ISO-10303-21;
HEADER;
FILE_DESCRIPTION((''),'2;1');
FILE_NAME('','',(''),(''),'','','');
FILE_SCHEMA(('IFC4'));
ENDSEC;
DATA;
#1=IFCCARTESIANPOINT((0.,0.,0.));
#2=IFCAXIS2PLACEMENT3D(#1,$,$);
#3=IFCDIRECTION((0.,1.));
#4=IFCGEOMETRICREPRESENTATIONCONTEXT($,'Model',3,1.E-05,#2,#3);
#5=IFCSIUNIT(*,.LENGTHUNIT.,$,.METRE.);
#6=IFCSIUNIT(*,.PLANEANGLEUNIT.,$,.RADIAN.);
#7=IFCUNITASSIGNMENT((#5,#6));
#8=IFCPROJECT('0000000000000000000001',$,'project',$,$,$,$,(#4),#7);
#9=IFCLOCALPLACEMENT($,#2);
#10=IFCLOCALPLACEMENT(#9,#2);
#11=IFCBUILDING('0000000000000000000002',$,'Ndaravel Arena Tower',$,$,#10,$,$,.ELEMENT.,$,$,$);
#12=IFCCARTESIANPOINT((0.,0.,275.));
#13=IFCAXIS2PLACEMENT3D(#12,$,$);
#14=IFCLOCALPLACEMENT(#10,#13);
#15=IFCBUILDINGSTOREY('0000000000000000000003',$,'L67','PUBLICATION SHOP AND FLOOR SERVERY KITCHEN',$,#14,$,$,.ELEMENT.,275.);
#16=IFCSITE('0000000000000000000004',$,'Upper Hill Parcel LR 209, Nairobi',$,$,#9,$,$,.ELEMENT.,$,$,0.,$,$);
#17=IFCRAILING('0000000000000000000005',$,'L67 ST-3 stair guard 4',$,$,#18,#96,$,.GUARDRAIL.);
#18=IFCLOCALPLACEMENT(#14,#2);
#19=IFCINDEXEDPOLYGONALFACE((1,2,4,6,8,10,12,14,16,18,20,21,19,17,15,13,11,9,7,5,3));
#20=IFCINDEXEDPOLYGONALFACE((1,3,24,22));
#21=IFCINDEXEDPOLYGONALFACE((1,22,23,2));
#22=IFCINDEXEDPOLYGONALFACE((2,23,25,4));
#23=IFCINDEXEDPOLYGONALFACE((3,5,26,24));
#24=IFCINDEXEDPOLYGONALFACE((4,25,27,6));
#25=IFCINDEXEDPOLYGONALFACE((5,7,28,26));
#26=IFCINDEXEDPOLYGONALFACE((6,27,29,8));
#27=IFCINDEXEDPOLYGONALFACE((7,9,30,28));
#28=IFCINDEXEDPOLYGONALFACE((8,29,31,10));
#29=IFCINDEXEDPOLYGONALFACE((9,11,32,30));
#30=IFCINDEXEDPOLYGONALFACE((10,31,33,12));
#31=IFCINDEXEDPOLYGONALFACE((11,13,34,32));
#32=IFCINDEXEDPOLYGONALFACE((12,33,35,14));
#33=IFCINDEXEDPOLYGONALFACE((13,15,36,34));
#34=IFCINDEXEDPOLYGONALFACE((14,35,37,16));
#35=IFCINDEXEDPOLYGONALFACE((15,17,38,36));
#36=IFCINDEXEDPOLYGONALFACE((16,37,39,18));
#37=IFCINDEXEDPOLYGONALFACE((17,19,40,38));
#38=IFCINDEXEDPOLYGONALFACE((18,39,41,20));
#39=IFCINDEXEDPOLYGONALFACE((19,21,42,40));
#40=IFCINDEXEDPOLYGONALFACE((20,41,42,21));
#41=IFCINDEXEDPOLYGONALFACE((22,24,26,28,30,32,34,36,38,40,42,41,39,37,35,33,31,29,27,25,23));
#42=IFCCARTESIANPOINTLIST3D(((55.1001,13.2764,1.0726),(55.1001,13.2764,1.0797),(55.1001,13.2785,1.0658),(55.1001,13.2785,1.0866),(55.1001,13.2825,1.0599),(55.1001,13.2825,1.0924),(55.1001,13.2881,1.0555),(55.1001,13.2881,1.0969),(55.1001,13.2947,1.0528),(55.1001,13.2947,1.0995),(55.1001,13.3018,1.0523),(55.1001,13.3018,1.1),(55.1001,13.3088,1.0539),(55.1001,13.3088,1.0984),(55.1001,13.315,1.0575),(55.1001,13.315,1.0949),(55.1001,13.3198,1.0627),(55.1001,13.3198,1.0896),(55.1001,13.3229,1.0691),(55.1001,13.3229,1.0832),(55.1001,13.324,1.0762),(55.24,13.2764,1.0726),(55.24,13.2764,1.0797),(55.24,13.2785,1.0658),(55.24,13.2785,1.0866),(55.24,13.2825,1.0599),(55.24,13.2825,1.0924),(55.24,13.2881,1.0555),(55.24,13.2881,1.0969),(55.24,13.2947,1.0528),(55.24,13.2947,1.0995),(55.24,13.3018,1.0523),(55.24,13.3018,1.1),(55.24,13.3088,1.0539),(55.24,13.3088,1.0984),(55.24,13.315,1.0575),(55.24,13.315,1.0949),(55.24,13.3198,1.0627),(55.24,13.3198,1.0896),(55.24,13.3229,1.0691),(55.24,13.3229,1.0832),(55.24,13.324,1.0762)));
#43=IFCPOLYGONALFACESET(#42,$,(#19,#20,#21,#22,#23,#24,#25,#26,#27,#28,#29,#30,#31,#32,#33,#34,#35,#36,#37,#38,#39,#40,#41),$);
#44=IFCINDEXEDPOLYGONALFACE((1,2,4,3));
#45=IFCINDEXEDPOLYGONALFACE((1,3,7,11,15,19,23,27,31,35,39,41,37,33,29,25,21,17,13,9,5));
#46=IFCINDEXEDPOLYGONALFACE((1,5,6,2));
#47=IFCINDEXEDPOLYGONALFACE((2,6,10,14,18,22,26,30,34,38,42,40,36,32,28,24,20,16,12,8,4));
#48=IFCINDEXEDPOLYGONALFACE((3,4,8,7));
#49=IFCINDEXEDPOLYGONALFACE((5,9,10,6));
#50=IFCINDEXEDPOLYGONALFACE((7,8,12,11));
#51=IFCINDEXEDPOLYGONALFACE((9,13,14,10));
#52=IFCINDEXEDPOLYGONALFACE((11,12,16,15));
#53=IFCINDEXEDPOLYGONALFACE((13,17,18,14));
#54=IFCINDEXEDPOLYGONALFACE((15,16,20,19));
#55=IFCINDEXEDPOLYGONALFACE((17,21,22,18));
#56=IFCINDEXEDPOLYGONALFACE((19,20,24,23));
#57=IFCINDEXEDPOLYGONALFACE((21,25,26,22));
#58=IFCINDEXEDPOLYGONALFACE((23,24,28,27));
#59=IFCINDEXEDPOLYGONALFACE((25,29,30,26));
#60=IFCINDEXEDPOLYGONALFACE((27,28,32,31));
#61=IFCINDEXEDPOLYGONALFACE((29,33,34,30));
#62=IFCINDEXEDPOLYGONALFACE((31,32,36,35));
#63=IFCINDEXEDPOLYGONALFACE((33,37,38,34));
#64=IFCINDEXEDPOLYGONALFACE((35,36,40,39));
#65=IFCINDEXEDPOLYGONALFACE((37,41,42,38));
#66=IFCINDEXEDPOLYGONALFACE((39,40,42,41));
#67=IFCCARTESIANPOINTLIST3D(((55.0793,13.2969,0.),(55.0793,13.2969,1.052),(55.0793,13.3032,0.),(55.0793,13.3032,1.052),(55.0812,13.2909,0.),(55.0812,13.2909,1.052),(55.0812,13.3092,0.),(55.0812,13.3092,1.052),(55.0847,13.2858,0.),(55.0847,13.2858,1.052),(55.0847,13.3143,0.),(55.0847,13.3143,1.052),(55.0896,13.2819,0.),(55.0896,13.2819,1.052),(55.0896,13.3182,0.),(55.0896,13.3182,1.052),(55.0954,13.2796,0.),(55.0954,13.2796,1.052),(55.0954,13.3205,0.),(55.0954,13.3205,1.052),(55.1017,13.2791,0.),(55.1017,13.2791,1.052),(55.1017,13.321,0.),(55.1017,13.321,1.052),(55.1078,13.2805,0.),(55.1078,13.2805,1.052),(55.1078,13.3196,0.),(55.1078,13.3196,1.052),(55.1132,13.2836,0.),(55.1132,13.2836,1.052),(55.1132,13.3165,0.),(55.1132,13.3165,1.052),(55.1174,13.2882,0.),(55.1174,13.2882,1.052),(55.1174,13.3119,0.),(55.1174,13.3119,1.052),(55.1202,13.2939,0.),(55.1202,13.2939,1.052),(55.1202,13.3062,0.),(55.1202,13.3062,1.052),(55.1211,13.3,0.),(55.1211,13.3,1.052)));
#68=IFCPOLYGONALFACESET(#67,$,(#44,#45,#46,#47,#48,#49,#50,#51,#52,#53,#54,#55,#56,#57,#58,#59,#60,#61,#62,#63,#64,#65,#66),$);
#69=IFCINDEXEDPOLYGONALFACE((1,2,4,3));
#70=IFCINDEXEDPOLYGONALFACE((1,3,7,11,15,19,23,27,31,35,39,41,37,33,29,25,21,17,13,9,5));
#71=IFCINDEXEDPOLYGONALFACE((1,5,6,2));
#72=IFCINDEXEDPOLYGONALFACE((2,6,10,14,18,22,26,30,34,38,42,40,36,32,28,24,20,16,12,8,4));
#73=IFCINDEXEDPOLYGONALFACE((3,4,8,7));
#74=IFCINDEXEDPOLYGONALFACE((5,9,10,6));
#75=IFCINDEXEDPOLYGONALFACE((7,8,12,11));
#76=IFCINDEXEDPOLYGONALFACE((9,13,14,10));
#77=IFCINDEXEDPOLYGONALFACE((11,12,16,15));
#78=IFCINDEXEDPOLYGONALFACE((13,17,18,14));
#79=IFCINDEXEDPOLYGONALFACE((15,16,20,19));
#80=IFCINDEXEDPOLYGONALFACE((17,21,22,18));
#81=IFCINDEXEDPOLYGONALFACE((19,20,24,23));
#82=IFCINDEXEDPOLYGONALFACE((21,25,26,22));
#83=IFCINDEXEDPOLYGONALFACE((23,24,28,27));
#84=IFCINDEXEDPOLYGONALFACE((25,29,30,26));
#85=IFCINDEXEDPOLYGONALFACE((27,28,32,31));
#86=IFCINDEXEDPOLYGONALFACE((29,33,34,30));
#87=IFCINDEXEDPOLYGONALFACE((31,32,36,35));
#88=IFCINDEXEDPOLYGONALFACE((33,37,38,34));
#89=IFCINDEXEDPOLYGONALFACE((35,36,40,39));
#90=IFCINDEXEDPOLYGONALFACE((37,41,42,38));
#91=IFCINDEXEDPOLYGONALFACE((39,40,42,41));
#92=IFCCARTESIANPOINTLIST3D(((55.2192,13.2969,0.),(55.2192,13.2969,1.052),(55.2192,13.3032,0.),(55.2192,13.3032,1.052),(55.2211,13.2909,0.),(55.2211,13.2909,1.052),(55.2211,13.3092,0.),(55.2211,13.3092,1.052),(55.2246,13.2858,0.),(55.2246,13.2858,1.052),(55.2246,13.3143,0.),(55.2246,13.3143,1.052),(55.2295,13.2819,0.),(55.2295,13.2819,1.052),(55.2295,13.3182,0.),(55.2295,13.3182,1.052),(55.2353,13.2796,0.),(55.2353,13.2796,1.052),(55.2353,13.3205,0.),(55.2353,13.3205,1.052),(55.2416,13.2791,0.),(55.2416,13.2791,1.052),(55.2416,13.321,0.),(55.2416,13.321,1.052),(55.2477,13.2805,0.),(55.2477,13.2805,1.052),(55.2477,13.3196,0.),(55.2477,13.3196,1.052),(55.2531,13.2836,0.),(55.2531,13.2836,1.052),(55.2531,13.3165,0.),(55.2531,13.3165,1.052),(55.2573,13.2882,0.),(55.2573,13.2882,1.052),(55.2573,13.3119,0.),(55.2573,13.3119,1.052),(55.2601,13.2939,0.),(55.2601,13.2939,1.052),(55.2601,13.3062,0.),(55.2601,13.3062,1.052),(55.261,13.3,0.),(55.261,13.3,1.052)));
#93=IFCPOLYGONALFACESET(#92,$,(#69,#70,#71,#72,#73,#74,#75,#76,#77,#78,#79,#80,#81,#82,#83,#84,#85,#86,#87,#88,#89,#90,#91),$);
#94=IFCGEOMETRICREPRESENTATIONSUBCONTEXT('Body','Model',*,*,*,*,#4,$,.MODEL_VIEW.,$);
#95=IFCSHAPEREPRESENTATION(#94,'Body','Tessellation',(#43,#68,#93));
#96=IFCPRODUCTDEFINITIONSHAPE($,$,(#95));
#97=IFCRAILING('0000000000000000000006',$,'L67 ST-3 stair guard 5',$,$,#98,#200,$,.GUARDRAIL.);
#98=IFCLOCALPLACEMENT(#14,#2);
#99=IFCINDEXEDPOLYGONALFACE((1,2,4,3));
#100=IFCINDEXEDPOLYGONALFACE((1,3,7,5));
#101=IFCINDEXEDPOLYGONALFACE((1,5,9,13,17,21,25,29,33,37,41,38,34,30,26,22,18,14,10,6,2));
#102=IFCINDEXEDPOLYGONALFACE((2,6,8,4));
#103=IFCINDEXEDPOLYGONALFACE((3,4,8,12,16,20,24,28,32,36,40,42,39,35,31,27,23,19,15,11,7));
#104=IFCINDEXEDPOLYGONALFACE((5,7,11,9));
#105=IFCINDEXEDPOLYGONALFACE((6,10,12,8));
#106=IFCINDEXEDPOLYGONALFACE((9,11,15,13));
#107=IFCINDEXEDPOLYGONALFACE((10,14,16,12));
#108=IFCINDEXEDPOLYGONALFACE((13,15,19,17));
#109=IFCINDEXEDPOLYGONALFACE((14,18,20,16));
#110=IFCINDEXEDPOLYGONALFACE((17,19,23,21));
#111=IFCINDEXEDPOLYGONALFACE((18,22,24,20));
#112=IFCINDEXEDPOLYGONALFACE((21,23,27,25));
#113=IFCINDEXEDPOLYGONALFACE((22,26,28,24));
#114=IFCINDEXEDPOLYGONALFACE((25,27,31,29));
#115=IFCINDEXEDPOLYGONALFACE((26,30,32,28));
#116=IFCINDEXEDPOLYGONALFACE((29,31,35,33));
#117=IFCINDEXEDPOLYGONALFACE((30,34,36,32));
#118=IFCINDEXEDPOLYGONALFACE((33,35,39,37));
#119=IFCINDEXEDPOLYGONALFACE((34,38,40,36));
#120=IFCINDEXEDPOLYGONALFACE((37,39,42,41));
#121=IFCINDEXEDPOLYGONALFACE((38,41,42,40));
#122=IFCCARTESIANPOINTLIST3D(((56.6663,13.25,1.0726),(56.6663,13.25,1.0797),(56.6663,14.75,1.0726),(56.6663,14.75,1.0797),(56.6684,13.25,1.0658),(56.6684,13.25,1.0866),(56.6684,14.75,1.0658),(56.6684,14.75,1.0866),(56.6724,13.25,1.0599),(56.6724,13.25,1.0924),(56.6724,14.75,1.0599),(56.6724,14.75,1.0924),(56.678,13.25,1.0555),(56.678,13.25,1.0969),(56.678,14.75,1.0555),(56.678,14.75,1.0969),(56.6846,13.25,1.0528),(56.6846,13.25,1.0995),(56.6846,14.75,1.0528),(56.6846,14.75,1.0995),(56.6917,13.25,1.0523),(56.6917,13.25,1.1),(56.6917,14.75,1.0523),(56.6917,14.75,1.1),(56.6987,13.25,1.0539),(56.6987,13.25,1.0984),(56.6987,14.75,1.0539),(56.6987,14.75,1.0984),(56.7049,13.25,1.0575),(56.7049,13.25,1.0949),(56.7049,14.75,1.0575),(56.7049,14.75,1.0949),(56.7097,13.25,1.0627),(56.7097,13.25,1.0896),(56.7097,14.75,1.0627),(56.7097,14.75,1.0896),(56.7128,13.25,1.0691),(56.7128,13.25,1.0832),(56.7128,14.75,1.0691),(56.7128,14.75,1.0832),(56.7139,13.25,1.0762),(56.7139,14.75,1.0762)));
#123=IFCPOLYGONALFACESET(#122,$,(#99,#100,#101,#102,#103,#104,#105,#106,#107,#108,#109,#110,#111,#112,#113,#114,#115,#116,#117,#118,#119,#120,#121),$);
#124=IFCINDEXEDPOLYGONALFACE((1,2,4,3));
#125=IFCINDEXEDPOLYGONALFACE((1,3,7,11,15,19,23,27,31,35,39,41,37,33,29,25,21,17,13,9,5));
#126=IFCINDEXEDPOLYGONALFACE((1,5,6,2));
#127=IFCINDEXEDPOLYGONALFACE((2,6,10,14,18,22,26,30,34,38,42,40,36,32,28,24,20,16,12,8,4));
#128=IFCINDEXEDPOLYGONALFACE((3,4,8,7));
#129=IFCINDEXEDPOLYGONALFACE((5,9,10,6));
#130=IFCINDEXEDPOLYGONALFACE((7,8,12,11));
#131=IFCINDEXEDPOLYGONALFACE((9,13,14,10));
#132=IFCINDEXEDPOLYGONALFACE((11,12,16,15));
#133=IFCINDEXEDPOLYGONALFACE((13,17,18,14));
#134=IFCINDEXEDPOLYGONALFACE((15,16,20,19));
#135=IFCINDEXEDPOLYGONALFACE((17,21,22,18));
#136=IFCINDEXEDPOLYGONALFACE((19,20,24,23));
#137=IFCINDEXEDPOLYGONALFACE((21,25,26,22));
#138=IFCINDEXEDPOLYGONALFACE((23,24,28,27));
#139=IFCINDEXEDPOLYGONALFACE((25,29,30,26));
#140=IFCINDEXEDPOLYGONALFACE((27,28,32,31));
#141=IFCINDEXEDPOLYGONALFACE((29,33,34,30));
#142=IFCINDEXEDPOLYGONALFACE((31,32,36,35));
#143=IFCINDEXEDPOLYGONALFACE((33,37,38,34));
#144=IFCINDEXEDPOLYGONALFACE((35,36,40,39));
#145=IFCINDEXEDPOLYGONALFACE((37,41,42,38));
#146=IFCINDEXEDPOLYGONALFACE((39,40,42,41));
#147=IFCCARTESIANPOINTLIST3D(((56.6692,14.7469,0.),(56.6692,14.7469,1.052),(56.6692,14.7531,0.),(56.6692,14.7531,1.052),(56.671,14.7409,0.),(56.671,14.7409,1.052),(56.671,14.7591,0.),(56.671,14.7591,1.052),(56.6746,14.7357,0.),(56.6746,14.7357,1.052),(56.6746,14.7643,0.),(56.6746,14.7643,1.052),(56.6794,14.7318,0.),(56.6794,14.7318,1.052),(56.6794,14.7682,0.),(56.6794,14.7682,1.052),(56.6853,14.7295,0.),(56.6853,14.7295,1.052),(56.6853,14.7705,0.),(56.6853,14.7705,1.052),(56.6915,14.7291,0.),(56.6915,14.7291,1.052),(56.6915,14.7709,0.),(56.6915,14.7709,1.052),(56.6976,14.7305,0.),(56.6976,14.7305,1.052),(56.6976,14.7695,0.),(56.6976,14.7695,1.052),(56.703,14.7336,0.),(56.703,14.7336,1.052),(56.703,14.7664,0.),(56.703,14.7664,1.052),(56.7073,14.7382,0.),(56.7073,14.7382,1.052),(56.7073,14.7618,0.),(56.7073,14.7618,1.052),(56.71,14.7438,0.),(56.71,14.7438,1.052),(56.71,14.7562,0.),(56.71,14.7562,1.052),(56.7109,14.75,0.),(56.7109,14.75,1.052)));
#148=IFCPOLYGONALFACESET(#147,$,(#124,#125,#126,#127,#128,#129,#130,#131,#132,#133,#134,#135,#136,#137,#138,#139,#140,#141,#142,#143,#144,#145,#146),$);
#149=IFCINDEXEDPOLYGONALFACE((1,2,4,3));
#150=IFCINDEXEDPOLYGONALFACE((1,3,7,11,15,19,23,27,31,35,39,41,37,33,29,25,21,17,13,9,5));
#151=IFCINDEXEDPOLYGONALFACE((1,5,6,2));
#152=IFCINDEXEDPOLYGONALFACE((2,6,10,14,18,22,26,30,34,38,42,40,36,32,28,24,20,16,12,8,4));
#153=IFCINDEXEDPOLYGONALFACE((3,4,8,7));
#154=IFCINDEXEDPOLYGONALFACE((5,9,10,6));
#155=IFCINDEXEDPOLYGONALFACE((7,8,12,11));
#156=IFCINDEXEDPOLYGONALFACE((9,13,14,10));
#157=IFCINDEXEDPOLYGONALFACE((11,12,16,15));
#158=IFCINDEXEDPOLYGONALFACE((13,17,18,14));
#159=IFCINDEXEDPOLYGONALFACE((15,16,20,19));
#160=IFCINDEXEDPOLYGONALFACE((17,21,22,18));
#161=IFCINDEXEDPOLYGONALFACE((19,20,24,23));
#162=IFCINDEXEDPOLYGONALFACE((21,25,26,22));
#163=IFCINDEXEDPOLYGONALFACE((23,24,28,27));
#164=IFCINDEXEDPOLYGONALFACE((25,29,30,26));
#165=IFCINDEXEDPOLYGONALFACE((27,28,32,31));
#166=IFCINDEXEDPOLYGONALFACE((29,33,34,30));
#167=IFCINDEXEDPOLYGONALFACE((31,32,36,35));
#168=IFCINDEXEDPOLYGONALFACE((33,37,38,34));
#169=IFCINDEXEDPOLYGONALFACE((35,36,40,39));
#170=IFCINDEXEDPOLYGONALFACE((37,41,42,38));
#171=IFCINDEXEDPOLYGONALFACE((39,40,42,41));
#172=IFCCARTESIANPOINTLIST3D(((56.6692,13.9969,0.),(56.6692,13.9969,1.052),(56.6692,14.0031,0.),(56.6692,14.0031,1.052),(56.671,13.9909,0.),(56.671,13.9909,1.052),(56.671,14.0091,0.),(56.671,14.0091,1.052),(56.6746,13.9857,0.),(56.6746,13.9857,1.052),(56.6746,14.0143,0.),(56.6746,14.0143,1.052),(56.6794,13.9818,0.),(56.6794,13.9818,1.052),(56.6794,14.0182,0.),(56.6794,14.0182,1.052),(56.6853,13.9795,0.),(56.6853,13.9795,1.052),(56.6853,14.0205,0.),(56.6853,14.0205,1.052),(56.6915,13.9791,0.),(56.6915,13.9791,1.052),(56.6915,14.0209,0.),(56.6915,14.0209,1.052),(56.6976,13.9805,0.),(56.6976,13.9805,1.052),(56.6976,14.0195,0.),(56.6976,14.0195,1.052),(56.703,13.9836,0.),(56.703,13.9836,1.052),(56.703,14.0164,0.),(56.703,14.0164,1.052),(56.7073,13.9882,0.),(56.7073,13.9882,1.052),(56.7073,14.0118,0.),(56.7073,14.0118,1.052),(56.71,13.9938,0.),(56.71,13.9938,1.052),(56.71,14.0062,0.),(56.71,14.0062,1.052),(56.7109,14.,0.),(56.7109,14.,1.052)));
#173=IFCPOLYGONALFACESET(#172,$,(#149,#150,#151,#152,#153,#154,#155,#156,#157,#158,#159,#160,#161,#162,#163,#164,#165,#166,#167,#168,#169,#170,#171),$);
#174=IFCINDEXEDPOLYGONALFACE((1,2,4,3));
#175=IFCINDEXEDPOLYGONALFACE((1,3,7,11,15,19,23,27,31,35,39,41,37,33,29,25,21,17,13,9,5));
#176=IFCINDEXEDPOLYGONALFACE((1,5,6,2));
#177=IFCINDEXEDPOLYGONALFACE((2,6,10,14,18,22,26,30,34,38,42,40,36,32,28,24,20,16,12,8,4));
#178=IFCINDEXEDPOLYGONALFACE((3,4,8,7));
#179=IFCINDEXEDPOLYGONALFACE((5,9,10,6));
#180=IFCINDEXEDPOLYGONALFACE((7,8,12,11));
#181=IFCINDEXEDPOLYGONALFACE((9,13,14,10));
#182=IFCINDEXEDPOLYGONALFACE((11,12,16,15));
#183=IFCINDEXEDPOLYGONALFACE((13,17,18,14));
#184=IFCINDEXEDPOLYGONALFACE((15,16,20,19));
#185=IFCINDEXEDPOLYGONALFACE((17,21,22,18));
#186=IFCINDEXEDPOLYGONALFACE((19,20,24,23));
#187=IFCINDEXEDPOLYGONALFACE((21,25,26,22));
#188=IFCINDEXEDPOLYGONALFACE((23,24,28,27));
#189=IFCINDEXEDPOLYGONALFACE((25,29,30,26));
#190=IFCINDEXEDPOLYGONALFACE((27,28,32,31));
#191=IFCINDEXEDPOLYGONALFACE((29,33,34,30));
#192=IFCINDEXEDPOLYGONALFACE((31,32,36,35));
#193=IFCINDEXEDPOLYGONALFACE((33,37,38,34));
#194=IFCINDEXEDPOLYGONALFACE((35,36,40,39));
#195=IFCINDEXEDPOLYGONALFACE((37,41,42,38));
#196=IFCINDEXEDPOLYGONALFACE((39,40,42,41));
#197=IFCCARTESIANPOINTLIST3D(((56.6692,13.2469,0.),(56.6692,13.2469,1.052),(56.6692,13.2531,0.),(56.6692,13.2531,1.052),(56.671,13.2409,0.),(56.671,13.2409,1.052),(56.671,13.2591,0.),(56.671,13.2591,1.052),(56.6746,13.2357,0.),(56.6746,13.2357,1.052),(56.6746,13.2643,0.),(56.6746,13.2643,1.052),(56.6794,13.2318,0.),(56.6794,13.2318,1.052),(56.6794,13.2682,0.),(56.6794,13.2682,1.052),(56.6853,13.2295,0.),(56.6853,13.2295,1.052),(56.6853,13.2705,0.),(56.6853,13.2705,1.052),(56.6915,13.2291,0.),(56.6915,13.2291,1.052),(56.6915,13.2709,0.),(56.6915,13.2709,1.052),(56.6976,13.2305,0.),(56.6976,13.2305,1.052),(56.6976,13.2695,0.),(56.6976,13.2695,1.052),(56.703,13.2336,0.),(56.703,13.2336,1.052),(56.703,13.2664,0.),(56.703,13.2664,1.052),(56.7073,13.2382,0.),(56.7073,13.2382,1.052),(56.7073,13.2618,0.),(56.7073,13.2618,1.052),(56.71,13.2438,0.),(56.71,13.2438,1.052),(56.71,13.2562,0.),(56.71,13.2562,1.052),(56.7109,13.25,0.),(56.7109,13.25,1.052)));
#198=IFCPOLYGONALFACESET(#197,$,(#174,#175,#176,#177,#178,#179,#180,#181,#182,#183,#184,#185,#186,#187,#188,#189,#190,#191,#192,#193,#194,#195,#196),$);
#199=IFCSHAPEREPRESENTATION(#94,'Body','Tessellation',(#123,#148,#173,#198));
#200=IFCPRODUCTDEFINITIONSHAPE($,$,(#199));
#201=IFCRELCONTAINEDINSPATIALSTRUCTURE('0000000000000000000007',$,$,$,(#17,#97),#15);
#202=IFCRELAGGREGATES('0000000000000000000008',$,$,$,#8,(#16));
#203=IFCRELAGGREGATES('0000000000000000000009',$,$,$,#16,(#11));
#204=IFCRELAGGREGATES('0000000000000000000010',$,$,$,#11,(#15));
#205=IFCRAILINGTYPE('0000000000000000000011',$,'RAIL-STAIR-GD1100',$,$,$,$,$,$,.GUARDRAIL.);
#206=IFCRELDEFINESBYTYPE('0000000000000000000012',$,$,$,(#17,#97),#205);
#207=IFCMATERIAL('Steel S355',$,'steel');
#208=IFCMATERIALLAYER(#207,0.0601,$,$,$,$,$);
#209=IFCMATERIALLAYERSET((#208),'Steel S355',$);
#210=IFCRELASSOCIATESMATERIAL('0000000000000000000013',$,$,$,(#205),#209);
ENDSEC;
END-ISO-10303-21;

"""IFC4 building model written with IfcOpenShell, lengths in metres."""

from ifc_helpers import new_model, si_unit, direction, frame, origin, origin_2d, place, context, subcontext, project, spatial, circle, extrude, material, layer, layer_set, type_object, element, save


model = new_model("IFC4")

# Units and contexts
model_context = context("Model", 3, precision=1e-05, world=origin(), true_north=direction((0.0, 1.0)))
body_context = subcontext(model_context, "Body", "Model", "MODEL_VIEW")
ifc_project = project(units=[si_unit("LENGTHUNIT", "METRE"), si_unit("PLANEANGLEUNIT", "RADIAN")], contexts=[model_context])

# Site, building, storey
site_placement = place(None, origin())
site = spatial("IfcSite", under=ifc_project, at=site_placement, Name="Upper Hill Parcel LR 209, Nairobi", CompositionType="ELEMENT", RefElevation=0.0)
building_placement = place(site_placement, origin())
building = spatial("IfcBuilding", under=site, at=building_placement, Name="Ndaravel Arena Tower", CompositionType="ELEMENT")
storey_placement = place(building_placement, frame((0.0, 0.0, 275.0)))
storey = spatial("IfcBuildingStorey", under=building, at=storey_placement, Name="L67", Description="PUBLICATION SHOP AND FLOOR SERVERY KITCHEN", CompositionType="ELEMENT", Elevation=275.0)

# Railings
ifc_material_1 = material(Name="Steel S355", Category="steel")
ifc_layer_1 = layer(ifc_material_1, 0.0601)
ifc_layer_set_1 = layer_set([ifc_layer_1], Name="Steel S355")
railing_type_1 = type_object("IfcRailingType", Name="RAIL-STAIR-GD1100", PredefinedType="GUARDRAIL", material=ifc_layer_set_1)
railing_1_placement = place(storey_placement, frame((55.1001, 13.3, 0.0)))
element("IfcRailing", 1, at=railing_1_placement, inside=storey, type_object=railing_type_1, Name="L67 ST-3 stair guard 4", PredefinedType="GUARDRAIL", context=body_context, shape_type="SweptSolid", body=[
    extrude(circle(Radius=0.0239, at=origin_2d()), frame((0.0, 0.0, 1.0762), z_axis=(1.0, 0.0, 0.0), x_axis=(0.0, 1.0, 0.0)), (0.0, 0.0, 1.0), 0.1399),
    extrude(circle(Radius=0.021, at=origin_2d()), origin(), (0.0, 0.0, 1.0), 1.052),
    extrude(circle(Radius=0.021, at=origin_2d()), frame((0.1399, 0.0, 0.0)), (0.0, 0.0, 1.0), 1.052),
])
railing_2_placement = place(storey_placement, frame((56.6899, 14.75, 0.0)))
element("IfcRailing", 2, at=railing_2_placement, inside=storey, type_object=railing_type_1, Name="L67 ST-3 stair guard 5", PredefinedType="GUARDRAIL", context=body_context, shape_type="SweptSolid", body=[
    extrude(circle(Radius=0.0239, at=origin_2d()), frame((0.0, 0.0, 1.0762), z_axis=(0.0, -1.0, 0.0), x_axis=(1.0, 0.0, 0.0)), (0.0, 0.0, 1.0), 1.5),
    extrude(circle(Radius=0.021, at=origin_2d()), origin(), (0.0, 0.0, 1.0), 1.052),
    extrude(circle(Radius=0.021, at=origin_2d()), frame((0.0, -0.75, 0.0)), (0.0, 0.0, 1.0), 1.052),
    extrude(circle(Radius=0.021, at=origin_2d()), frame((0.0, -1.5, 0.0)), (0.0, 0.0, 1.0), 1.052),
])

save(model, "model.ifc")
